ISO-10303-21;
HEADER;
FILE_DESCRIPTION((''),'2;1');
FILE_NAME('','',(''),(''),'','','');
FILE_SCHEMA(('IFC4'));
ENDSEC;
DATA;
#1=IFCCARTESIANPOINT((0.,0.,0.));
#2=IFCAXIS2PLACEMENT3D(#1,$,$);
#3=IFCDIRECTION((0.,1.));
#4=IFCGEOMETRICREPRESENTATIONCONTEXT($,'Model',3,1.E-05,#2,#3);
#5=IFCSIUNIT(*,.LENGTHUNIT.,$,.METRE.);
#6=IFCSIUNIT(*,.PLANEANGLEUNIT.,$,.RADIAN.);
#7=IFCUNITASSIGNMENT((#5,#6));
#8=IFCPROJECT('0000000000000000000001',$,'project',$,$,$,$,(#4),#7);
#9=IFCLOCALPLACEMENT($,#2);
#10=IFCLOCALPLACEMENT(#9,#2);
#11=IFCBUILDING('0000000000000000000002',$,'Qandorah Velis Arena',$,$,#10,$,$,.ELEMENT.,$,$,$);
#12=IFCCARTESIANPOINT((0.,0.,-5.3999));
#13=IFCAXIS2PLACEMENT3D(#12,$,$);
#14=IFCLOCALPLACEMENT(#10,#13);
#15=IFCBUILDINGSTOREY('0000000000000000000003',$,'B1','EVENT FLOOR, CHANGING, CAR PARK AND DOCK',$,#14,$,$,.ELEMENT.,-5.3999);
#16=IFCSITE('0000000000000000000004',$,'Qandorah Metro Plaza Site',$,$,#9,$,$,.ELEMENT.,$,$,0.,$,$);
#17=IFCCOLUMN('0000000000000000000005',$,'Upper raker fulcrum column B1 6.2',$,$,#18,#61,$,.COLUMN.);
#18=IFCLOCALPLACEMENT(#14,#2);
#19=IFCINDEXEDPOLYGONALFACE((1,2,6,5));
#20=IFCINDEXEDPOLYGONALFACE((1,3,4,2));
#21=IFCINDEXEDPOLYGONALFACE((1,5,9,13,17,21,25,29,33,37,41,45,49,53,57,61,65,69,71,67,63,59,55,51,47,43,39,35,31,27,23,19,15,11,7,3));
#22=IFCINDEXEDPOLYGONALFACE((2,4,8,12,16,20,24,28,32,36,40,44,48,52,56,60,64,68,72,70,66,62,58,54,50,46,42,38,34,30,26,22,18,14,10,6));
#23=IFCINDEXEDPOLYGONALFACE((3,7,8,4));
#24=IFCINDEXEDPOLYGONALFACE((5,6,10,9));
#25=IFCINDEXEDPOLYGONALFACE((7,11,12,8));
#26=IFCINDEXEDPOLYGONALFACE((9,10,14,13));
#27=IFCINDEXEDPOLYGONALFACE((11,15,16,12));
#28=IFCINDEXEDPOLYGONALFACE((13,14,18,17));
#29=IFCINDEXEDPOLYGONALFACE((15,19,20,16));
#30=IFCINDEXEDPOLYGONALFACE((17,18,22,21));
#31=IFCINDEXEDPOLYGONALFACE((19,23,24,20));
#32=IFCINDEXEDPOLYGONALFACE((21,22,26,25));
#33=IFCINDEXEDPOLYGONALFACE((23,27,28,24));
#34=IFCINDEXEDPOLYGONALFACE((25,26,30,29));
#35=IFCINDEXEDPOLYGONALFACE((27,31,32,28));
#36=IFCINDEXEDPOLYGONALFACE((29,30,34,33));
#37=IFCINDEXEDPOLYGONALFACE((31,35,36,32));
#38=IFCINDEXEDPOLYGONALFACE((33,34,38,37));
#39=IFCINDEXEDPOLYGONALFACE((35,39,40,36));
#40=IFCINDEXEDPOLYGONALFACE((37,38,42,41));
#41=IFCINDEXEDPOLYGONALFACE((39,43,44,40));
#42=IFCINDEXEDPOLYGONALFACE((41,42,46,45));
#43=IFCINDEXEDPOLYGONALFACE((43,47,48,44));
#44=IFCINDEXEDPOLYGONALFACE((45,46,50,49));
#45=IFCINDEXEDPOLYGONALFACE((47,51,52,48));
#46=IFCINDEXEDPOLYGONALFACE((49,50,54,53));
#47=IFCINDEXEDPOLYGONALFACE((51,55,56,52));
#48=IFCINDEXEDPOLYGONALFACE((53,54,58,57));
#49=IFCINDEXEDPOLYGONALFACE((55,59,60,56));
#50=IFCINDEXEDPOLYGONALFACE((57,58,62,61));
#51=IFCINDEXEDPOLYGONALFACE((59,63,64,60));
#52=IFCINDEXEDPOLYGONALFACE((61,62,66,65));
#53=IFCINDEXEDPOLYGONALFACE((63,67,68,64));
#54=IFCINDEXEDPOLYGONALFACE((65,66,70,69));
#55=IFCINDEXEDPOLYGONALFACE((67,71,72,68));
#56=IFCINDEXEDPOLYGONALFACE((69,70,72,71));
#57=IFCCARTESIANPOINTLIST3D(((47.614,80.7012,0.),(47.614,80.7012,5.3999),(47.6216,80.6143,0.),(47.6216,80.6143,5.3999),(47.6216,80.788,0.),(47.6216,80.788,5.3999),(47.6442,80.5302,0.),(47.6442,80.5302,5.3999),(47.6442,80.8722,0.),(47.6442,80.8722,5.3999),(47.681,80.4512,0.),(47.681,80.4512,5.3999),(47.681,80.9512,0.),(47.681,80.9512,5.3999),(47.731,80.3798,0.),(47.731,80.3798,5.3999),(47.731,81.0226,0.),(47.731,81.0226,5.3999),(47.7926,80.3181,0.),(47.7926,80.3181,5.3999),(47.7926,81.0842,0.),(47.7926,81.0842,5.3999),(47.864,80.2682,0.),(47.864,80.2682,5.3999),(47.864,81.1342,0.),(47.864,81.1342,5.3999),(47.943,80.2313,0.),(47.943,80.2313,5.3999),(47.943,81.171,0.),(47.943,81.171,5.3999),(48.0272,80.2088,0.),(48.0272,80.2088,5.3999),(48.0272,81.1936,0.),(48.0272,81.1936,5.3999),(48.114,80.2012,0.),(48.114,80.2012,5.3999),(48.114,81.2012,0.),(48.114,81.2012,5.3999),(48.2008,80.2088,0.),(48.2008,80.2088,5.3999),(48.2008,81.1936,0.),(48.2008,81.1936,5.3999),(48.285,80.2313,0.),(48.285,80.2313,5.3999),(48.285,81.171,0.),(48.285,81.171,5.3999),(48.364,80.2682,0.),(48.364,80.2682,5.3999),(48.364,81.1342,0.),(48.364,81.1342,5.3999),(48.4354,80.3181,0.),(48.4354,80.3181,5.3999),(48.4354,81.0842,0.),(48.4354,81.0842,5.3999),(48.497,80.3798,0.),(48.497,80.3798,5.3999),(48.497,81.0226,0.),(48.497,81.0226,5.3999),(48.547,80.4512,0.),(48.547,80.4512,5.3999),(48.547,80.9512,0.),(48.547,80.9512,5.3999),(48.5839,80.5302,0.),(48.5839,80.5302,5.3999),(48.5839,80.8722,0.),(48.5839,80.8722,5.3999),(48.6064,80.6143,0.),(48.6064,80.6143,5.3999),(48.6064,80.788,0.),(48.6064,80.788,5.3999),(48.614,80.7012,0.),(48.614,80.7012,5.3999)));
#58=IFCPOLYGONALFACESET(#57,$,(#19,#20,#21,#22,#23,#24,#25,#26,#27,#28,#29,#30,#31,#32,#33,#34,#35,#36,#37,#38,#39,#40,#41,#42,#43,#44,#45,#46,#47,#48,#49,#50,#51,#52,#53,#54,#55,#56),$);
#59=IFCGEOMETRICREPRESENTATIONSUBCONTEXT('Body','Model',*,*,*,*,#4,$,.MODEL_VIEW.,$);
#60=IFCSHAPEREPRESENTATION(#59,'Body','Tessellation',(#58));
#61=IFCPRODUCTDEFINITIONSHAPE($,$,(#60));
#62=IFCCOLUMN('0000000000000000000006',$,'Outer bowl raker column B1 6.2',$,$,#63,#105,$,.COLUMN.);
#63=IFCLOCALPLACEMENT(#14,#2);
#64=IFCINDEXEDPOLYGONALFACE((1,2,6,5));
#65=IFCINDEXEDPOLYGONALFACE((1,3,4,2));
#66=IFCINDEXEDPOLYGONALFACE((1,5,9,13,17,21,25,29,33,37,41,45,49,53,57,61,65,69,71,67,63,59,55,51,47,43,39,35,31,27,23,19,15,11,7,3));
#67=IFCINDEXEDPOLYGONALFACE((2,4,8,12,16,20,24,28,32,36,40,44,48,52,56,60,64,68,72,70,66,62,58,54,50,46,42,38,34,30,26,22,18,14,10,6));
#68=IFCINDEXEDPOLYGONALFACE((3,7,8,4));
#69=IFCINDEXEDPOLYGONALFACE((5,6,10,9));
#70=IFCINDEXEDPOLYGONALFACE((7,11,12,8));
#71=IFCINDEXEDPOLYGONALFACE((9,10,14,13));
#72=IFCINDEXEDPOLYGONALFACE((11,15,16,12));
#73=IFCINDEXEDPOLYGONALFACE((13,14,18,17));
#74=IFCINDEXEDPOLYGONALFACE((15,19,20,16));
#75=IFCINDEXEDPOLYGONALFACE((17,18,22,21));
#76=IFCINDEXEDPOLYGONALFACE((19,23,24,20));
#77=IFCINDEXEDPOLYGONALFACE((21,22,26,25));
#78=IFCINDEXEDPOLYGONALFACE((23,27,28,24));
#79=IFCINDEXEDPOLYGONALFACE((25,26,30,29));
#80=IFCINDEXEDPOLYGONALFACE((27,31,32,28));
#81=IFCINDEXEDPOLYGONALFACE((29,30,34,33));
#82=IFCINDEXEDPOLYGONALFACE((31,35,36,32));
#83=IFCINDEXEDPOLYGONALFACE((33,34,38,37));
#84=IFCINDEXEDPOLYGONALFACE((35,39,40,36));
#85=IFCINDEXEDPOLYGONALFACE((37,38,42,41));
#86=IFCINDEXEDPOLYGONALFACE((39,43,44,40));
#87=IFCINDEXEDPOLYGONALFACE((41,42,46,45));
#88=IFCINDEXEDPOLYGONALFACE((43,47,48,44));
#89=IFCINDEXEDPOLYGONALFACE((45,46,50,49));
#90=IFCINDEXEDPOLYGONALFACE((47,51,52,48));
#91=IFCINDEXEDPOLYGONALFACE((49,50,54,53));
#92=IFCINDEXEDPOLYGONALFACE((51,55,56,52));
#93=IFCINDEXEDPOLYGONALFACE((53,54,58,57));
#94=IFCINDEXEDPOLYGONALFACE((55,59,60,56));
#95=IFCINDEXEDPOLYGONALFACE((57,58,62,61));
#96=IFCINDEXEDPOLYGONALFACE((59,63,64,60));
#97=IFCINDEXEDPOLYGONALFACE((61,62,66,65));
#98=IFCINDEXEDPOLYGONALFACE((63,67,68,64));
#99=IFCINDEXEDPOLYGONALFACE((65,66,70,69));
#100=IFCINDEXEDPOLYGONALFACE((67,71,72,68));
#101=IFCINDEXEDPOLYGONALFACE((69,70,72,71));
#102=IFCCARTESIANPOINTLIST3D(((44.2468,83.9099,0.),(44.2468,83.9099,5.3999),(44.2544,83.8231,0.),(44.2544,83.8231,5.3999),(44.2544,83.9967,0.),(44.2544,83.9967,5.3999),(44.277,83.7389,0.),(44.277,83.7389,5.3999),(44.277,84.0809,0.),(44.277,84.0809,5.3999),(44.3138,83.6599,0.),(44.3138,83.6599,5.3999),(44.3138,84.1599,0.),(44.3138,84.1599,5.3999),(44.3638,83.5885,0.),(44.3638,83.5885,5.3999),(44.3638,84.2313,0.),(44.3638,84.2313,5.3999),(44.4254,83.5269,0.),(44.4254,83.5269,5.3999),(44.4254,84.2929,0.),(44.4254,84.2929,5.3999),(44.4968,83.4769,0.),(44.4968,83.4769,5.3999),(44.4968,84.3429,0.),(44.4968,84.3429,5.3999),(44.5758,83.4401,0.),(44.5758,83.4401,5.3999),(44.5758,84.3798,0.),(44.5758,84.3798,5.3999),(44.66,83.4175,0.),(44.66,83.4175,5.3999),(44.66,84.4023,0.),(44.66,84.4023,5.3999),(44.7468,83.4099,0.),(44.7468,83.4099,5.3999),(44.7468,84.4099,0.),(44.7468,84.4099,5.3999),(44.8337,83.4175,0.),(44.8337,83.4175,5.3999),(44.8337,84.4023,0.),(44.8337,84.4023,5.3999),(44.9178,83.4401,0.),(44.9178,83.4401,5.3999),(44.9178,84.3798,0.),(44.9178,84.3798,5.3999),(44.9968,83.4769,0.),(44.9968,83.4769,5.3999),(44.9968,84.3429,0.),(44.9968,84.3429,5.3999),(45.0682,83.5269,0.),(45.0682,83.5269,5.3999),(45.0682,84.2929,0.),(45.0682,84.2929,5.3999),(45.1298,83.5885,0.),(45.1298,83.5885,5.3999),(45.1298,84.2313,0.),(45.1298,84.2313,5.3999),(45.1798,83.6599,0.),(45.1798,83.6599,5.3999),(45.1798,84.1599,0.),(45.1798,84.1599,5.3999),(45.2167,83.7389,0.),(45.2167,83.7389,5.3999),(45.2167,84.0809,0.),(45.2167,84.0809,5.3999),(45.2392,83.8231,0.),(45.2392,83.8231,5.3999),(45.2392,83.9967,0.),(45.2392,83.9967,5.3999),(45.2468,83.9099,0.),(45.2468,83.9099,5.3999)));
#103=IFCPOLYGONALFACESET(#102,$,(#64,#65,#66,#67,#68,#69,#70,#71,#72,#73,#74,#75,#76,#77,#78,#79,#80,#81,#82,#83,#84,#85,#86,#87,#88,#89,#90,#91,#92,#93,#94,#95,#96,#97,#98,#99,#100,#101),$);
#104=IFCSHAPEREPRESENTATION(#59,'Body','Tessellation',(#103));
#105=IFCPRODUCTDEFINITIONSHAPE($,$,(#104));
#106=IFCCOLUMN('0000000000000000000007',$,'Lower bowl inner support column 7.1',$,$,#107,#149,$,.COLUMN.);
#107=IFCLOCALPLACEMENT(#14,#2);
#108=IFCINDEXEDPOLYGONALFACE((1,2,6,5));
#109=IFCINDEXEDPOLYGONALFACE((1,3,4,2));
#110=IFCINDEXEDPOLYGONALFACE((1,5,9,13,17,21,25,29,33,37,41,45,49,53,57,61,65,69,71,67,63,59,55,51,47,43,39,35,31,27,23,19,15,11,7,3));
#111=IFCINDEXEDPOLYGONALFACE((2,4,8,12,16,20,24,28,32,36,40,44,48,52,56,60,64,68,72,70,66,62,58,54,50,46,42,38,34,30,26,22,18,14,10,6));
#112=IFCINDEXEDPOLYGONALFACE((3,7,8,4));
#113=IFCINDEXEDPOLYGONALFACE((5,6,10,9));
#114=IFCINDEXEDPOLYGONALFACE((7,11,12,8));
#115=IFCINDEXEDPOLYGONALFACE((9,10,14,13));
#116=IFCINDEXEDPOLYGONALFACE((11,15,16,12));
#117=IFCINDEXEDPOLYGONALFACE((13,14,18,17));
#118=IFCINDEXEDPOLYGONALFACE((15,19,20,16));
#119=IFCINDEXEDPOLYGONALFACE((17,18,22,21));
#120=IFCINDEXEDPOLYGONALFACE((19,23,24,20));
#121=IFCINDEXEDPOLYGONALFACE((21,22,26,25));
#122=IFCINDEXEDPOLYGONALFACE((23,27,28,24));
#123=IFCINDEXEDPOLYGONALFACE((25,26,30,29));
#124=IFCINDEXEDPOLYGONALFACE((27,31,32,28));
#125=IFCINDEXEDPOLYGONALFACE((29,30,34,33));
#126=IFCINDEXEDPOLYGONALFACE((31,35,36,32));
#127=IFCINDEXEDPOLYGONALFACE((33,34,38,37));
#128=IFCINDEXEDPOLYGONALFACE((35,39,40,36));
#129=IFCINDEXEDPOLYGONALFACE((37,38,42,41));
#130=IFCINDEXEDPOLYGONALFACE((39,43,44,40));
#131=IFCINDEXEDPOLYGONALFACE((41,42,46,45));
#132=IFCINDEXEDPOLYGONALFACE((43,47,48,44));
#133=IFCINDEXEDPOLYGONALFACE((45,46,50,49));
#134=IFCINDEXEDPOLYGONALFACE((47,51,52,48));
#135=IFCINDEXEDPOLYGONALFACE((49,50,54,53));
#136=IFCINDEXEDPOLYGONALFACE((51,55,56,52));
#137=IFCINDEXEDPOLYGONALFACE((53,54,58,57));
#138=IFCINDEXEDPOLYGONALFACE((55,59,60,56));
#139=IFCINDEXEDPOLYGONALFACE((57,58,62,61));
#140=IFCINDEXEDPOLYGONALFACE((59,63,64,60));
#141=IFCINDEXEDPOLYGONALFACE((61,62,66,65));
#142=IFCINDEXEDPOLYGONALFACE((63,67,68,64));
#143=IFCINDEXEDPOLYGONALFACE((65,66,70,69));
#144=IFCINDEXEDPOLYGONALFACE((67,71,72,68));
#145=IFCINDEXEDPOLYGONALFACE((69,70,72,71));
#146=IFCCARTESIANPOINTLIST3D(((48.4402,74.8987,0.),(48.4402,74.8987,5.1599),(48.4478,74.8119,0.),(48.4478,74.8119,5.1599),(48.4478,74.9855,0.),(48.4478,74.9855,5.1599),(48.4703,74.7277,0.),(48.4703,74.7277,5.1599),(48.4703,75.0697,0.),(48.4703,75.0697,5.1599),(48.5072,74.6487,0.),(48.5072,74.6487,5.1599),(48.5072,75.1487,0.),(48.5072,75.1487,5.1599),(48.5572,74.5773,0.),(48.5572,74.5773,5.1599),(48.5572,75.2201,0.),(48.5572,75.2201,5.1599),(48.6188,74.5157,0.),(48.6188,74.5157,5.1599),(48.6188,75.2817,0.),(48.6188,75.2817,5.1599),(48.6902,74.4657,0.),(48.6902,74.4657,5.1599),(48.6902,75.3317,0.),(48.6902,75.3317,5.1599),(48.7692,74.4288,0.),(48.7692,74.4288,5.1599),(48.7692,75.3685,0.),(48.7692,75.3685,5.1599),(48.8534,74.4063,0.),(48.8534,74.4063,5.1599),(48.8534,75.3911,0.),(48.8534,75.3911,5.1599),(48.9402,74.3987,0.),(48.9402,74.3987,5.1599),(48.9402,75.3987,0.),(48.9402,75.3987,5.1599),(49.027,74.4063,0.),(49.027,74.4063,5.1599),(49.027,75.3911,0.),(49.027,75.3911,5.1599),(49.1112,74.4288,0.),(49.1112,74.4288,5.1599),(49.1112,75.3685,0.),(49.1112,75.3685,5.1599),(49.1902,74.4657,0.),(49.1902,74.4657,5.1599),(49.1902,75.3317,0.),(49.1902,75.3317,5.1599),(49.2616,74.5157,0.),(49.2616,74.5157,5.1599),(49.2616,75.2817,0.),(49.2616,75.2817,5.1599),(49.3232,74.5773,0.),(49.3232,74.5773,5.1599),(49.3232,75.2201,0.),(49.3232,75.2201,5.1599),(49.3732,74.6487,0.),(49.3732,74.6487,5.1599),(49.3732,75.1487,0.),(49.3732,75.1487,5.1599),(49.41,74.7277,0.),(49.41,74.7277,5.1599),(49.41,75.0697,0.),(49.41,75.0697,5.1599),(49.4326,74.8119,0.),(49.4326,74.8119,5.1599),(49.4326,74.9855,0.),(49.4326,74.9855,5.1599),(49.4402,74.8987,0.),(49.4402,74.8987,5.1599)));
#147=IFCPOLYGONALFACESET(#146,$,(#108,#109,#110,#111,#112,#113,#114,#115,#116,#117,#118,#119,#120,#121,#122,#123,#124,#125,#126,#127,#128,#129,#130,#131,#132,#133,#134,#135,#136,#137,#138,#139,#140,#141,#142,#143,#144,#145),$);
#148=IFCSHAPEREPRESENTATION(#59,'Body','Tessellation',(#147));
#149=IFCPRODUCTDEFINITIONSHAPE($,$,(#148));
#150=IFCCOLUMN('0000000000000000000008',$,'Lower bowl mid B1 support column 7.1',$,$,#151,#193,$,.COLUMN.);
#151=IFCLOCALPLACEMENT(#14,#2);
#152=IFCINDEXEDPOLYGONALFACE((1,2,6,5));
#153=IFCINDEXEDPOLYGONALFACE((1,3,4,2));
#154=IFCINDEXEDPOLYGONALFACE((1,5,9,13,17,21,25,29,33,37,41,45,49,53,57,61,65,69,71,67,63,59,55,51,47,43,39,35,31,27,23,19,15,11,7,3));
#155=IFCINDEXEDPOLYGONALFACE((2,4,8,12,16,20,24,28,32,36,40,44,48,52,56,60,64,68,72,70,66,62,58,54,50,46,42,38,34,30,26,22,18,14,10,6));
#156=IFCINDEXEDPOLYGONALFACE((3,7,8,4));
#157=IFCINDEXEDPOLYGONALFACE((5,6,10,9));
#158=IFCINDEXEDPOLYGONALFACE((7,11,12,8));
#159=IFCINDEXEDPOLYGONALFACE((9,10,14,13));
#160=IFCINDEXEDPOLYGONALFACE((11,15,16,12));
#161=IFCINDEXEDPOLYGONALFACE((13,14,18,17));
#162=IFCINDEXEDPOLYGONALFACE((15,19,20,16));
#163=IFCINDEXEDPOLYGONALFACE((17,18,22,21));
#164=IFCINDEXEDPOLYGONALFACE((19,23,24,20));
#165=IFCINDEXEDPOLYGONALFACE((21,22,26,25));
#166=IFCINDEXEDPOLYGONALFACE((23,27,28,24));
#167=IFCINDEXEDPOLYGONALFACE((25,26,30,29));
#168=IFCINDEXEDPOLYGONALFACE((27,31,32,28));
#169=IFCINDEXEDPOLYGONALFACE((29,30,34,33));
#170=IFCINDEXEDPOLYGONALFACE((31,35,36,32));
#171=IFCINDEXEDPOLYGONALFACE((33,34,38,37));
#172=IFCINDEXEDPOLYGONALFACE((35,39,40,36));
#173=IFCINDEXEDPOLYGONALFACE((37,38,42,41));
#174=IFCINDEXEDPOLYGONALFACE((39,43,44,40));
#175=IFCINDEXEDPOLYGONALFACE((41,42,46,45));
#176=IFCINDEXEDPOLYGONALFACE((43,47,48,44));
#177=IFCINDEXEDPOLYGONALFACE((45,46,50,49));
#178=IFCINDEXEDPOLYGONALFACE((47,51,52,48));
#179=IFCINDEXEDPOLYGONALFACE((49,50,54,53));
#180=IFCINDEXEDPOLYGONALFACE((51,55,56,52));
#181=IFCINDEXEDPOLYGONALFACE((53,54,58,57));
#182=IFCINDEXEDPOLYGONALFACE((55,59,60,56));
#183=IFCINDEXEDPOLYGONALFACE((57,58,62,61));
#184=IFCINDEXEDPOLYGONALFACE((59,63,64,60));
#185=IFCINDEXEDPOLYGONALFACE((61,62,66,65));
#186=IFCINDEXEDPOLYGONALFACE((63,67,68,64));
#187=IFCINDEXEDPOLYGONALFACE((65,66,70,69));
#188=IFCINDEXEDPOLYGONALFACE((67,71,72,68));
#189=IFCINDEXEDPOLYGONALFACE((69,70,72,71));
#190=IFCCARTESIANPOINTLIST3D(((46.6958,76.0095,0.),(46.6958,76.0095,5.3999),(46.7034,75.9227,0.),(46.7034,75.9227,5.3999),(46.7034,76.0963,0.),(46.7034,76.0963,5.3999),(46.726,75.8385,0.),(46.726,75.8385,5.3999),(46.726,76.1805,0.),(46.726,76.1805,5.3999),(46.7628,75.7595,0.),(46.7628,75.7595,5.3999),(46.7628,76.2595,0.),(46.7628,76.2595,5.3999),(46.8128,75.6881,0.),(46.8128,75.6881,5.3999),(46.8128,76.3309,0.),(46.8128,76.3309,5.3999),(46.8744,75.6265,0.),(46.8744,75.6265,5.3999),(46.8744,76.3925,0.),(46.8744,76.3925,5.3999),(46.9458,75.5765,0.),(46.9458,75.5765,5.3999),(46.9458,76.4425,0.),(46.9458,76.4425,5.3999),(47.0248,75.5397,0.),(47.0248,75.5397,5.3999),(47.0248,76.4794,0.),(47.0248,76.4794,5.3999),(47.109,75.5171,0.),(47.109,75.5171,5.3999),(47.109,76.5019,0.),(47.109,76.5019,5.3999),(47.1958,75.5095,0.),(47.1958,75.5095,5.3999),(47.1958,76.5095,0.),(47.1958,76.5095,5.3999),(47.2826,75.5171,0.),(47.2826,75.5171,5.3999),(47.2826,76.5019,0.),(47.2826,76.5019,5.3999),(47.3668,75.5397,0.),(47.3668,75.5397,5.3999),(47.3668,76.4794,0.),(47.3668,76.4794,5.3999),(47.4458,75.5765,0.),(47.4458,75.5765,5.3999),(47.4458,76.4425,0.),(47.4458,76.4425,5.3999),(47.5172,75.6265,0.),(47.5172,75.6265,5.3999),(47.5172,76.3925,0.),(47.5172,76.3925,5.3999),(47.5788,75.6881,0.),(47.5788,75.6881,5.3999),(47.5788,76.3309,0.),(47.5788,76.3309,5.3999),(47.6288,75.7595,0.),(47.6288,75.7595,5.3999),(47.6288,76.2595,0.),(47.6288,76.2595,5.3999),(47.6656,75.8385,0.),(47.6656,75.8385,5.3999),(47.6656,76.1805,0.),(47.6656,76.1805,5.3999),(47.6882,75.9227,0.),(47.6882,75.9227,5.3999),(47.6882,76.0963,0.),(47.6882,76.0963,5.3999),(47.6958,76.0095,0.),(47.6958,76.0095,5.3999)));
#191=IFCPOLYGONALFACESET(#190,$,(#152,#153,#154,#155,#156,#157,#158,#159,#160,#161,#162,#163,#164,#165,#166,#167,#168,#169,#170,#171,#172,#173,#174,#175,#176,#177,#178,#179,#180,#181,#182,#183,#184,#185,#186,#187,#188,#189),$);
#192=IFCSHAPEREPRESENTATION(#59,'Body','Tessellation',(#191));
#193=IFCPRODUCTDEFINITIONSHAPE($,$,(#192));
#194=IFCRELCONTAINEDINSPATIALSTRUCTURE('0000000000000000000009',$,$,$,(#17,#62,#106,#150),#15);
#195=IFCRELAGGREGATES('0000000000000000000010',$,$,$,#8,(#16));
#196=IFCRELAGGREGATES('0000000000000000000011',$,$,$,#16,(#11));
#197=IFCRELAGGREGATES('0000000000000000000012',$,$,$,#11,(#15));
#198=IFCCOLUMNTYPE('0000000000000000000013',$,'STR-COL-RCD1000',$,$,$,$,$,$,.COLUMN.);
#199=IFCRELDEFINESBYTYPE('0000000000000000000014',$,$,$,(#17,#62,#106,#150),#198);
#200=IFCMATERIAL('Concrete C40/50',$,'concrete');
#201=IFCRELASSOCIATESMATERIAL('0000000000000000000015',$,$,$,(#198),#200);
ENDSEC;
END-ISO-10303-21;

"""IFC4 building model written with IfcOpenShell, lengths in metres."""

from ifc_helpers import new_model, si_unit, direction, frame, origin, origin_2d, place, context, subcontext, project, spatial, circle, extrude, material, material_profile, profile_set, type_object, element, save


model = new_model("IFC4")

# Units and contexts
model_context = context("Model", 3, precision=1e-05, world=origin(), true_north=direction((0.0, 1.0)))
body_context = subcontext(model_context, "Body", "Model", "MODEL_VIEW")
ifc_project = project(units=[si_unit("LENGTHUNIT", "METRE"), si_unit("PLANEANGLEUNIT", "RADIAN")], contexts=[model_context])

# Site, building, storey
site_placement = place(None, origin())
site = spatial("IfcSite", under=ifc_project, at=site_placement, Name="Qandorah Metro Plaza Site", CompositionType="ELEMENT", RefElevation=0.0)
building_placement = place(site_placement, origin())
building = spatial("IfcBuilding", under=site, at=building_placement, Name="Qandorah Velis Arena", CompositionType="ELEMENT")
storey_placement = place(building_placement, frame((0.0, 0.0, -5.3999)))
storey = spatial("IfcBuildingStorey", under=building, at=storey_placement, Name="B1", Description="EVENT FLOOR, CHANGING, CAR PARK AND DOCK", CompositionType="ELEMENT", Elevation=-5.3999)

# Shared definitions
ifc_material = material(Name="Concrete C40/50", Category="concrete")

# Columns
ifc_material_profile_1 = material_profile(ifc_material, circle(Radius=0.5, at=origin_2d()), Name="RC D1000")
ifc_profile_set_1 = profile_set([ifc_material_profile_1], Name="Concrete C40/50")
column_type_1 = type_object("IfcColumnType", Name="STR-COL-RCD1000", PredefinedType="COLUMN", material=ifc_profile_set_1)
for number, where, z_axis, x_axis, name in (
    (1, (48.114, 80.7012, 0.0), (0.0, 0.0, 1.0), (1.0, 0.0, 0.0), "Upper raker fulcrum column B1 6.2"),
    (2, (44.7468, 83.9099, 0.0), (0.0, 0.0, 1.0), (1.0, 0.0, 0.0), "Outer bowl raker column B1 6.2"),
):
    element("IfcColumn", number, at=place(storey_placement, frame(where, z_axis=z_axis, x_axis=x_axis)), inside=storey, type_object=column_type_1, Name=name, PredefinedType="COLUMN", context=body_context, shape_type="SweptSolid", body=[
        extrude(circle(Radius=0.5, at=origin_2d()), origin(), (0.0, 0.0, 1.0), 5.3999),
    ])
column_1_placement = place(storey_placement, frame((48.9402, 74.8987, 0.0), z_axis=(0.0, 0.0, 1.0), x_axis=(1.0, 0.0, 0.0)))
element("IfcColumn", 3, at=column_1_placement, inside=storey, type_object=column_type_1, Name="Lower bowl inner support column 7.1", PredefinedType="COLUMN", context=body_context, shape_type="SweptSolid", body=[
    extrude(circle(Radius=0.5, at=origin_2d()), origin(), (0.0, 0.0, 1.0), 5.1599),
])
for number, where, z_axis, x_axis, name in (
    (4, (47.1958, 76.0095, 0.0), (0.0, 0.0, 1.0), (1.0, 0.0, 0.0), "Lower bowl mid B1 support column 7.1"),
):
    element("IfcColumn", number, at=place(storey_placement, frame(where, z_axis=z_axis, x_axis=x_axis)), inside=storey, type_object=column_type_1, Name=name, PredefinedType="COLUMN", context=body_context, shape_type="SweptSolid", body=[
        extrude(circle(Radius=0.5, at=origin_2d()), origin(), (0.0, 0.0, 1.0), 5.3999),
    ])

save(model, "model.ifc")
